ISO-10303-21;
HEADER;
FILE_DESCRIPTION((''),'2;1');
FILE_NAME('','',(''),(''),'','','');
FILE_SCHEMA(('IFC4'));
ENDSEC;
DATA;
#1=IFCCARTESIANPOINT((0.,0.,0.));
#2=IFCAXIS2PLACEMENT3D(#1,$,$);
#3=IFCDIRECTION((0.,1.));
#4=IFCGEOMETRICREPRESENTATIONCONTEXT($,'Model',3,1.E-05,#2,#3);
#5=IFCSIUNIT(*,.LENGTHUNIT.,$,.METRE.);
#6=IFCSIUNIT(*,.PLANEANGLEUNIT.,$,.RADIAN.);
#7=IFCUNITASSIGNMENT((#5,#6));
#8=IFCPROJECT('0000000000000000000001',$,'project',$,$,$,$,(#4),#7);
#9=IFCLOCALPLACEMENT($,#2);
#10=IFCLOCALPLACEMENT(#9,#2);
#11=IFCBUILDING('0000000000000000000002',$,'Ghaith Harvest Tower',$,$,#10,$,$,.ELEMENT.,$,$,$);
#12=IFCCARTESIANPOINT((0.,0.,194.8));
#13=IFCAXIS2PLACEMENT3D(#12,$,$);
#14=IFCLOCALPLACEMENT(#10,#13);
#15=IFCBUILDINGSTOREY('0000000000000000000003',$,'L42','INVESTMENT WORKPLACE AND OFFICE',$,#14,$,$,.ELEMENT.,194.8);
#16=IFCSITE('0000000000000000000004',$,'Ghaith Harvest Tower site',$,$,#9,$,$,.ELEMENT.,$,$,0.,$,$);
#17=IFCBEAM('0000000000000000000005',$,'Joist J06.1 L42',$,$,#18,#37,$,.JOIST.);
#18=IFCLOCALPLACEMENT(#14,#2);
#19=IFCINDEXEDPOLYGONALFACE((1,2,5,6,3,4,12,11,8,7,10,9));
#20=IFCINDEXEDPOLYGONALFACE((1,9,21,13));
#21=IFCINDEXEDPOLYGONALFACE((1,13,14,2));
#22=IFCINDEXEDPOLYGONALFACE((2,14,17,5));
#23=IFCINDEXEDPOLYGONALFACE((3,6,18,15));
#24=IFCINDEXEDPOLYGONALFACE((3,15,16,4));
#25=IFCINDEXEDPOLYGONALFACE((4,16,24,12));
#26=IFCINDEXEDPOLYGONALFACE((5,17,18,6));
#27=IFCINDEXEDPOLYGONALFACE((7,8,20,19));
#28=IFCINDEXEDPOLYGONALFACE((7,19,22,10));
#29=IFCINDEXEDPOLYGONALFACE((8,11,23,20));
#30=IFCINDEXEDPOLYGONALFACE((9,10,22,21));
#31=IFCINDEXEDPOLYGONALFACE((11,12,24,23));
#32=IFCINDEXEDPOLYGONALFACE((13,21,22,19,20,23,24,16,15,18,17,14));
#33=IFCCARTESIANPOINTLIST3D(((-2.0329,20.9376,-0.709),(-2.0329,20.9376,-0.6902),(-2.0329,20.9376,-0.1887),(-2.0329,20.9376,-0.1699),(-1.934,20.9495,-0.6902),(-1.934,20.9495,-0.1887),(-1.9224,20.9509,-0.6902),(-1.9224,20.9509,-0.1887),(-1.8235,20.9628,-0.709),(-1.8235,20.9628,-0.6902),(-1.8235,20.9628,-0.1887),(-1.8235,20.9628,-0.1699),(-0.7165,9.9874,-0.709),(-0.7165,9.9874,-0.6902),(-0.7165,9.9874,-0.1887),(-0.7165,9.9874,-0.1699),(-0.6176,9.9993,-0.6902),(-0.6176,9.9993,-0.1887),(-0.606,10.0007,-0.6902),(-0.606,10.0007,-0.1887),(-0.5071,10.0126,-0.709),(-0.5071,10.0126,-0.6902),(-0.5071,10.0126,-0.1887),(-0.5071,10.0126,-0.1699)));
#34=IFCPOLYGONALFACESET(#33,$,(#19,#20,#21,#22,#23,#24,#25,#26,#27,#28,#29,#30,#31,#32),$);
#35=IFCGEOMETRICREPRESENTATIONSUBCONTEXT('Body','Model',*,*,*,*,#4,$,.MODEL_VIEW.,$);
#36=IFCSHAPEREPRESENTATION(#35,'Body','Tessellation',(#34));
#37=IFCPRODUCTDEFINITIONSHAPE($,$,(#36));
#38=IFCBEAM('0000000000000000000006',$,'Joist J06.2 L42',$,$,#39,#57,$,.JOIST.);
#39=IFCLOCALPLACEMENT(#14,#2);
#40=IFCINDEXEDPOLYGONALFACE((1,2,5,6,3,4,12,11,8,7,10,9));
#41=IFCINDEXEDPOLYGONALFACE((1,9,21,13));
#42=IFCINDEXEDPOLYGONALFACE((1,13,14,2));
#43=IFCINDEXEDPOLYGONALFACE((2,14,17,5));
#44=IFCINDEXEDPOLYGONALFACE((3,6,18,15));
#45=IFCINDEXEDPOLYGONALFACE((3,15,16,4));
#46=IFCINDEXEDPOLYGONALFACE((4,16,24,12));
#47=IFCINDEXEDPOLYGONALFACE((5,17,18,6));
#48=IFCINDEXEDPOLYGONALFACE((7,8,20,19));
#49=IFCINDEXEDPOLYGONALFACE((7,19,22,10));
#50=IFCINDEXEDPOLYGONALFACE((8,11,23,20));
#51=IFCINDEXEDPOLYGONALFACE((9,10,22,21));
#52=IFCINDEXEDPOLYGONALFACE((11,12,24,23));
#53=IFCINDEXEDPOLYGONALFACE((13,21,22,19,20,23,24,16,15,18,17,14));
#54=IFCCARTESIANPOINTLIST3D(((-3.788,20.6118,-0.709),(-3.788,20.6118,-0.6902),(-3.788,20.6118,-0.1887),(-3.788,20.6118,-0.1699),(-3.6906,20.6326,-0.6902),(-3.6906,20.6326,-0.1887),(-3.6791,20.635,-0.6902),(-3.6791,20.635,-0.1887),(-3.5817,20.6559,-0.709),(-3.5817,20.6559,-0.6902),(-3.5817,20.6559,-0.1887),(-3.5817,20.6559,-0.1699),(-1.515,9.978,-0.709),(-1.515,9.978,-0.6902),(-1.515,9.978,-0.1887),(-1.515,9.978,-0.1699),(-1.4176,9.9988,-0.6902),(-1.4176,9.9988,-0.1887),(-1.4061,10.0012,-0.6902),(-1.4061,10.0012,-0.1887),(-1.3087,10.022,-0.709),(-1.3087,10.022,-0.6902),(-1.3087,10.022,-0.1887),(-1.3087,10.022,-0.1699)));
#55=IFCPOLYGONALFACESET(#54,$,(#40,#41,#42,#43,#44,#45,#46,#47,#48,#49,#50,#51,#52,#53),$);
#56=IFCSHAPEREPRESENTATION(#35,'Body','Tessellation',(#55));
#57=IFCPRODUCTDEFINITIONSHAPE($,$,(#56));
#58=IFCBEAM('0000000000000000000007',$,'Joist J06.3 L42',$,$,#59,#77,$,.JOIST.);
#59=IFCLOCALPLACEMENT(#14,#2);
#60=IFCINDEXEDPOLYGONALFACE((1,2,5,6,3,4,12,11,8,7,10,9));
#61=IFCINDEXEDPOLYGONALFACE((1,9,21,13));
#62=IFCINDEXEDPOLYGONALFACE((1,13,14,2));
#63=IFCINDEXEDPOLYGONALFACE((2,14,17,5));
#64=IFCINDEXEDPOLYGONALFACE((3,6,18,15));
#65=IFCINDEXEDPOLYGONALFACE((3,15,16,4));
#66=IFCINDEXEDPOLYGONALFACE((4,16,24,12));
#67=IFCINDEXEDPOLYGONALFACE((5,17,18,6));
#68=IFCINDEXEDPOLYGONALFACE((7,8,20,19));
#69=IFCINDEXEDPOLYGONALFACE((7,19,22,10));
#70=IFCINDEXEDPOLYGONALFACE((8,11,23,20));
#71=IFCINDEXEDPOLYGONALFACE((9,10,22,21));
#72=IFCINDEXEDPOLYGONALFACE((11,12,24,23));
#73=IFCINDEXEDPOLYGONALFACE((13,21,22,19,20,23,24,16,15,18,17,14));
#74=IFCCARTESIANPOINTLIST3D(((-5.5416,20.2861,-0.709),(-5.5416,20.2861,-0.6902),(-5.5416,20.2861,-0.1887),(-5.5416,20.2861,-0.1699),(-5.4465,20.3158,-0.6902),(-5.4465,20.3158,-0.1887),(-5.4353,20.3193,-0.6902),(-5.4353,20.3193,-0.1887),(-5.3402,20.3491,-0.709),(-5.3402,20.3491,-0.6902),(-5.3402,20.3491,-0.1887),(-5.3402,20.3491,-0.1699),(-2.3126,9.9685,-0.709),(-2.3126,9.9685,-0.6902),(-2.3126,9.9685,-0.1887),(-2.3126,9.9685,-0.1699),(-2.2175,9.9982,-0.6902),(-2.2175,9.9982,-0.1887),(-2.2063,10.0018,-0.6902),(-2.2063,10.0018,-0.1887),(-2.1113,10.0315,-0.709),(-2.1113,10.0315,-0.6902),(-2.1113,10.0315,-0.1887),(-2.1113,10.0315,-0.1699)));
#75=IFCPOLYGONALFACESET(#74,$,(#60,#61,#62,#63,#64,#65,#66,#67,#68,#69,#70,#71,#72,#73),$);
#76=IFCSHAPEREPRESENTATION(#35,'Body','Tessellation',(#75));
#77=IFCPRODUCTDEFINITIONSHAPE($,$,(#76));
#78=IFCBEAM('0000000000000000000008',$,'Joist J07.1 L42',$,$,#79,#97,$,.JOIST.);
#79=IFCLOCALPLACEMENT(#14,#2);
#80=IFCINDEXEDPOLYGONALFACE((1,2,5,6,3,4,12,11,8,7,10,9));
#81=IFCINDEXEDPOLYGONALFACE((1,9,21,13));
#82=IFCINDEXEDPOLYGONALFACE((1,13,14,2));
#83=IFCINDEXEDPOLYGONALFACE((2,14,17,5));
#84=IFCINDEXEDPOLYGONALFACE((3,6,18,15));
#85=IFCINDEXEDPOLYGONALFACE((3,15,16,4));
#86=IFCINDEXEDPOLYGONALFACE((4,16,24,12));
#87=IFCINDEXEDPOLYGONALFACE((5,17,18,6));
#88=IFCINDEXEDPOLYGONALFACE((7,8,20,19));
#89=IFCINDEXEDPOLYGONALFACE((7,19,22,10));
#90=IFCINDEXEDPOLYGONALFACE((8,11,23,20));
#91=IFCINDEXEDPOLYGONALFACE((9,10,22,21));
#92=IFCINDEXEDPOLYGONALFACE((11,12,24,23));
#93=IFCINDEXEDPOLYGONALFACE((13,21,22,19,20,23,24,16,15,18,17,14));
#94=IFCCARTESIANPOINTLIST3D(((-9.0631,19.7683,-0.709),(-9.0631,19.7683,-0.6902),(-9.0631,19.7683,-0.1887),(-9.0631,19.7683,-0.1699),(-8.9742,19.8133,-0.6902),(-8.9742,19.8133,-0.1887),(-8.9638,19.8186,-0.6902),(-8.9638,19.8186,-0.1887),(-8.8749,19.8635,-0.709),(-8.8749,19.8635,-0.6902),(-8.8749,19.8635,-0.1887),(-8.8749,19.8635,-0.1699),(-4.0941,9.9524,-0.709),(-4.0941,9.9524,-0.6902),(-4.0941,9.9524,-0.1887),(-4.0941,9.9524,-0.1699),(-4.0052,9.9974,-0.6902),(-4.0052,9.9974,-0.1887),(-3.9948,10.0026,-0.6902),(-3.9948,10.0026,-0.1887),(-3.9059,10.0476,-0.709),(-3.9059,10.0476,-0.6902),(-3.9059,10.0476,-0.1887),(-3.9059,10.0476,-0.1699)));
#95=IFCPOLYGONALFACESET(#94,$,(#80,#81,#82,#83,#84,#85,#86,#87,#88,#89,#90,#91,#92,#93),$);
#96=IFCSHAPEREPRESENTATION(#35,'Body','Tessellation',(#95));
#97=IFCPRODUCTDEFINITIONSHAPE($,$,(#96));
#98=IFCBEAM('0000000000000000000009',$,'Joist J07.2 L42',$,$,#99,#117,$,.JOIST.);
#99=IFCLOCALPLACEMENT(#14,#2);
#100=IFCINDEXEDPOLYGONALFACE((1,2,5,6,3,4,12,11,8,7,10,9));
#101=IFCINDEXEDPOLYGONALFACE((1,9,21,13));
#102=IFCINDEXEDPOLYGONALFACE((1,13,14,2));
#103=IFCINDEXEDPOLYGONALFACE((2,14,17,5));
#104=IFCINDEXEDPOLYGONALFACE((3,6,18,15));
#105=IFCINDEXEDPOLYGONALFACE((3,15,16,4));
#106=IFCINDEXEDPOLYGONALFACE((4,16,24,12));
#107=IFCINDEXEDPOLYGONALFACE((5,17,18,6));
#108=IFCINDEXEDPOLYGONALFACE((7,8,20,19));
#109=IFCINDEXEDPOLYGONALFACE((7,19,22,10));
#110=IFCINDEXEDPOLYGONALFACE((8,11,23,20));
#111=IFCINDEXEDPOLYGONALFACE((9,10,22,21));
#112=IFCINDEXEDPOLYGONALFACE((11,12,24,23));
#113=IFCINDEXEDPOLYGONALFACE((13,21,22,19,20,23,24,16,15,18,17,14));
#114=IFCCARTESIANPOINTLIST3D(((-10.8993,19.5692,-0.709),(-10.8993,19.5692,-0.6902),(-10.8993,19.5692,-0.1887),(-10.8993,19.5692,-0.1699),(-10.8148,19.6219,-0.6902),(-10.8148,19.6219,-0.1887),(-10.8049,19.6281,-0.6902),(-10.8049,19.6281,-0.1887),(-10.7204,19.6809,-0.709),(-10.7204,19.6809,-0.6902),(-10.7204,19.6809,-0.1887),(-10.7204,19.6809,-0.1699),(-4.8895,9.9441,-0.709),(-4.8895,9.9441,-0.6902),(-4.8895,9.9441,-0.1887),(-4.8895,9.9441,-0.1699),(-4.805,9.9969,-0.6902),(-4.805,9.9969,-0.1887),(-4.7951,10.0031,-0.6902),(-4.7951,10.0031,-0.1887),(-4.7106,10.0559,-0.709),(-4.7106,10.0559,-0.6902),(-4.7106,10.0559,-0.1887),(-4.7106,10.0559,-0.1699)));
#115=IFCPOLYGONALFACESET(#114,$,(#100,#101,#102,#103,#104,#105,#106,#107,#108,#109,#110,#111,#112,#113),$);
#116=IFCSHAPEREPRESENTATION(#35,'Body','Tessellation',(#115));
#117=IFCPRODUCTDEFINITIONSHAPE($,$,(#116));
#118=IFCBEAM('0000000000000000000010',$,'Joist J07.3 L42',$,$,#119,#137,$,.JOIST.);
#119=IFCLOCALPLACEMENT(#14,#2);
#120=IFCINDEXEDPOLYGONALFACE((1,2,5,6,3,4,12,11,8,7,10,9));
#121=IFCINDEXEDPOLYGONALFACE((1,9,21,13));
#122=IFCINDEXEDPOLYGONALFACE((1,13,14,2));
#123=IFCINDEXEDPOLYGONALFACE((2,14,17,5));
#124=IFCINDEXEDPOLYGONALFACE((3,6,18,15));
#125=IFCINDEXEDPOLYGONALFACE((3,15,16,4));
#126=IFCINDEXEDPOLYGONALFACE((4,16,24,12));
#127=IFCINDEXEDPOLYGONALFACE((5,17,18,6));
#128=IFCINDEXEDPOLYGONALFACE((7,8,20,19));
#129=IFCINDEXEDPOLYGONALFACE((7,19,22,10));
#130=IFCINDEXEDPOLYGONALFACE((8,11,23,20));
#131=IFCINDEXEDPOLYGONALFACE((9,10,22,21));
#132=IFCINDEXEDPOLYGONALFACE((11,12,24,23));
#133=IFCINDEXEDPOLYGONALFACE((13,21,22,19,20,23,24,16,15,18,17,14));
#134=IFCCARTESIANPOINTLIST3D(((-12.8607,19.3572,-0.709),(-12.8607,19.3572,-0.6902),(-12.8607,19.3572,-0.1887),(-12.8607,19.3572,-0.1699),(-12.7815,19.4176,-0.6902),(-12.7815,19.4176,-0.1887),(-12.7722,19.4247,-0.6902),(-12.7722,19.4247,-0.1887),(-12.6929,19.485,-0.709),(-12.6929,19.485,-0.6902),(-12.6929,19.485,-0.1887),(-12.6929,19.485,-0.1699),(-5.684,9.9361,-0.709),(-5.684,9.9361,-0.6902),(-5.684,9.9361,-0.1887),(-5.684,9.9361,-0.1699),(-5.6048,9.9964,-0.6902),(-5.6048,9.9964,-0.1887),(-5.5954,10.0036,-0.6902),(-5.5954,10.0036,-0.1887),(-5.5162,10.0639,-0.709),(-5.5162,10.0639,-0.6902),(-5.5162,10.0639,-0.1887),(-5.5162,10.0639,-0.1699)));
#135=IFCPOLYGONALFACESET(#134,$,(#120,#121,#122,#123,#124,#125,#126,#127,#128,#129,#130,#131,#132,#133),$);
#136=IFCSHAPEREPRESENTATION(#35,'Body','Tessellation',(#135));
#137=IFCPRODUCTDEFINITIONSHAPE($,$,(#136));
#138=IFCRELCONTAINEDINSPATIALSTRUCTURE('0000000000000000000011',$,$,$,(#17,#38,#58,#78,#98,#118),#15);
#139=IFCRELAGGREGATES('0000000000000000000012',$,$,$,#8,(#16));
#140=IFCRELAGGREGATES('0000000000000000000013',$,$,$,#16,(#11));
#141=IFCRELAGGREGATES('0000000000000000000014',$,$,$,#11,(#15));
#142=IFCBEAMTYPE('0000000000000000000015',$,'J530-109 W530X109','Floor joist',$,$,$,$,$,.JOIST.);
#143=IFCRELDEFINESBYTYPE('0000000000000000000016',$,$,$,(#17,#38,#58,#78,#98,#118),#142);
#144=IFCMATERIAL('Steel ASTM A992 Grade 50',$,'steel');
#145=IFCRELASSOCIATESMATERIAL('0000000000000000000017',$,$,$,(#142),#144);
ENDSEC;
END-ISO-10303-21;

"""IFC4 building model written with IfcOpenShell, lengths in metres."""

from ifc_helpers import new_model, si_unit, direction, frame, origin, origin_2d, place, context, subcontext, project, spatial, i_section, extrude, material, material_profile, profile_set, type_object, element, save


model = new_model("IFC4")

# Units and contexts
model_context = context("Model", 3, precision=1e-05, world=origin(), true_north=direction((0.0, 1.0)))
body_context = subcontext(model_context, "Body", "Model", "MODEL_VIEW")
ifc_project = project(units=[si_unit("LENGTHUNIT", "METRE"), si_unit("PLANEANGLEUNIT", "RADIAN")], contexts=[model_context])

# Site, building, storey
site_placement = place(None, origin())
site = spatial("IfcSite", under=ifc_project, at=site_placement, Name="Ghaith Harvest Tower site", CompositionType="ELEMENT", RefElevation=0.0)
building_placement = place(site_placement, origin())
building = spatial("IfcBuilding", under=site, at=building_placement, Name="Ghaith Harvest Tower", CompositionType="ELEMENT")
storey_placement = place(building_placement, frame((0.0, 0.0, 194.8)))
storey = spatial("IfcBuildingStorey", under=building, at=storey_placement, Name="L42", Description="INVESTMENT WORKPLACE AND OFFICE", CompositionType="ELEMENT", Elevation=194.8)

# Beams
ifc_material_1 = material(Name="Steel ASTM A992 Grade 50", Category="steel")
ifc_material_profile = material_profile(ifc_material_1, i_section(OverallWidth=0.2109, OverallDepth=0.5391, WebThickness=0.0117, FlangeThickness=0.0188, at=origin_2d()), Name="W530X109")
ifc_profile_set = profile_set([ifc_material_profile], Name="Steel ASTM A992 Grade 50")
beam_type = type_object("IfcBeamType", Name="J530-109 W530X109", Description="Floor joist", PredefinedType="JOIST", material=ifc_profile_set)
beam_1_placement = place(storey_placement, frame((-0.6118, 10.0, -0.4395), z_axis=(-0.119358, 0.992851, 0.0), x_axis=(-0.992851, -0.119358, 0.0)))
element("IfcBeam", 1, at=beam_1_placement, inside=storey, type_object=beam_type, Name="Joist J06.1 L42", PredefinedType="JOIST", context=body_context, shape_type="SweptSolid", body=[
    extrude(i_section(OverallWidth=0.2109, OverallDepth=0.5391, WebThickness=0.0117, FlangeThickness=0.0188, at=origin_2d()), origin(), (0.0, 0.0, 1.0), 11.0291),
])
beam_2_placement = place(storey_placement, frame((-1.4119, 10.0, -0.4395), z_axis=(-0.209026, 0.97791, 0.0), x_axis=(-0.97791, -0.209026, 0.0)))
element("IfcBeam", 2, at=beam_2_placement, inside=storey, type_object=beam_type, Name="Joist J06.2 L42", PredefinedType="JOIST", context=body_context, shape_type="SweptSolid", body=[
    extrude(i_section(OverallWidth=0.2109, OverallDepth=0.5391, WebThickness=0.0117, FlangeThickness=0.0188, at=origin_2d()), origin(), (0.0, 0.0, 1.0), 10.874),
])
beam_3_placement = place(storey_placement, frame((-2.2119, 10.0, -0.4395), z_axis=(-0.298675, 0.954355, 0.0), x_axis=(-0.954355, -0.298675, 0.0)))
element("IfcBeam", 3, at=beam_3_placement, inside=storey, type_object=beam_type, Name="Joist J06.3 L42", PredefinedType="JOIST", context=body_context, shape_type="SweptSolid", body=[
    extrude(i_section(OverallWidth=0.2109, OverallDepth=0.5391, WebThickness=0.0117, FlangeThickness=0.0188, at=origin_2d()), origin(), (0.0, 0.0, 1.0), 10.811),
])
beam_4_placement = place(storey_placement, frame((-4.0, 10.0, -0.4395), z_axis=(-0.451646, 0.892197, 0.0), x_axis=(-0.892197, -0.451646, 0.0)))
element("IfcBeam", 4, at=beam_4_placement, inside=storey, type_object=beam_type, Name="Joist J07.1 L42", PredefinedType="JOIST", context=body_context, shape_type="SweptSolid", body=[
    extrude(i_section(OverallWidth=0.2109, OverallDepth=0.5391, WebThickness=0.0117, FlangeThickness=0.0188, at=origin_2d()), origin(), (0.0, 0.0, 1.0), 11.002),
])
beam_5_placement = place(storey_placement, frame((-4.8, 10.0, -0.4395), z_axis=(-0.529628, 0.84823, 0.0), x_axis=(-0.84823, -0.529628, 0.0)))
element("IfcBeam", 5, at=beam_5_placement, inside=storey, type_object=beam_type, Name="Joist J07.2 L42", PredefinedType="JOIST", context=body_context, shape_type="SweptSolid", body=[
    extrude(i_section(OverallWidth=0.2109, OverallDepth=0.5391, WebThickness=0.0117, FlangeThickness=0.0188, at=origin_2d()), origin(), (0.0, 0.0, 1.0), 11.3472),
])
beam_6_placement = place(storey_placement, frame((-5.6001, 10.0, -0.4395), z_axis=(-0.605976, 0.795483, 0.0), x_axis=(-0.795483, -0.605976, 0.0)))
element("IfcBeam", 6, at=beam_6_placement, inside=storey, type_object=beam_type, Name="Joist J07.3 L42", PredefinedType="JOIST", context=body_context, shape_type="SweptSolid", body=[
    extrude(i_section(OverallWidth=0.2109, OverallDepth=0.5391, WebThickness=0.0117, FlangeThickness=0.0188, at=origin_2d()), origin(), (0.0, 0.0, 1.0), 11.8433),
])

save(model, "model.ifc")
